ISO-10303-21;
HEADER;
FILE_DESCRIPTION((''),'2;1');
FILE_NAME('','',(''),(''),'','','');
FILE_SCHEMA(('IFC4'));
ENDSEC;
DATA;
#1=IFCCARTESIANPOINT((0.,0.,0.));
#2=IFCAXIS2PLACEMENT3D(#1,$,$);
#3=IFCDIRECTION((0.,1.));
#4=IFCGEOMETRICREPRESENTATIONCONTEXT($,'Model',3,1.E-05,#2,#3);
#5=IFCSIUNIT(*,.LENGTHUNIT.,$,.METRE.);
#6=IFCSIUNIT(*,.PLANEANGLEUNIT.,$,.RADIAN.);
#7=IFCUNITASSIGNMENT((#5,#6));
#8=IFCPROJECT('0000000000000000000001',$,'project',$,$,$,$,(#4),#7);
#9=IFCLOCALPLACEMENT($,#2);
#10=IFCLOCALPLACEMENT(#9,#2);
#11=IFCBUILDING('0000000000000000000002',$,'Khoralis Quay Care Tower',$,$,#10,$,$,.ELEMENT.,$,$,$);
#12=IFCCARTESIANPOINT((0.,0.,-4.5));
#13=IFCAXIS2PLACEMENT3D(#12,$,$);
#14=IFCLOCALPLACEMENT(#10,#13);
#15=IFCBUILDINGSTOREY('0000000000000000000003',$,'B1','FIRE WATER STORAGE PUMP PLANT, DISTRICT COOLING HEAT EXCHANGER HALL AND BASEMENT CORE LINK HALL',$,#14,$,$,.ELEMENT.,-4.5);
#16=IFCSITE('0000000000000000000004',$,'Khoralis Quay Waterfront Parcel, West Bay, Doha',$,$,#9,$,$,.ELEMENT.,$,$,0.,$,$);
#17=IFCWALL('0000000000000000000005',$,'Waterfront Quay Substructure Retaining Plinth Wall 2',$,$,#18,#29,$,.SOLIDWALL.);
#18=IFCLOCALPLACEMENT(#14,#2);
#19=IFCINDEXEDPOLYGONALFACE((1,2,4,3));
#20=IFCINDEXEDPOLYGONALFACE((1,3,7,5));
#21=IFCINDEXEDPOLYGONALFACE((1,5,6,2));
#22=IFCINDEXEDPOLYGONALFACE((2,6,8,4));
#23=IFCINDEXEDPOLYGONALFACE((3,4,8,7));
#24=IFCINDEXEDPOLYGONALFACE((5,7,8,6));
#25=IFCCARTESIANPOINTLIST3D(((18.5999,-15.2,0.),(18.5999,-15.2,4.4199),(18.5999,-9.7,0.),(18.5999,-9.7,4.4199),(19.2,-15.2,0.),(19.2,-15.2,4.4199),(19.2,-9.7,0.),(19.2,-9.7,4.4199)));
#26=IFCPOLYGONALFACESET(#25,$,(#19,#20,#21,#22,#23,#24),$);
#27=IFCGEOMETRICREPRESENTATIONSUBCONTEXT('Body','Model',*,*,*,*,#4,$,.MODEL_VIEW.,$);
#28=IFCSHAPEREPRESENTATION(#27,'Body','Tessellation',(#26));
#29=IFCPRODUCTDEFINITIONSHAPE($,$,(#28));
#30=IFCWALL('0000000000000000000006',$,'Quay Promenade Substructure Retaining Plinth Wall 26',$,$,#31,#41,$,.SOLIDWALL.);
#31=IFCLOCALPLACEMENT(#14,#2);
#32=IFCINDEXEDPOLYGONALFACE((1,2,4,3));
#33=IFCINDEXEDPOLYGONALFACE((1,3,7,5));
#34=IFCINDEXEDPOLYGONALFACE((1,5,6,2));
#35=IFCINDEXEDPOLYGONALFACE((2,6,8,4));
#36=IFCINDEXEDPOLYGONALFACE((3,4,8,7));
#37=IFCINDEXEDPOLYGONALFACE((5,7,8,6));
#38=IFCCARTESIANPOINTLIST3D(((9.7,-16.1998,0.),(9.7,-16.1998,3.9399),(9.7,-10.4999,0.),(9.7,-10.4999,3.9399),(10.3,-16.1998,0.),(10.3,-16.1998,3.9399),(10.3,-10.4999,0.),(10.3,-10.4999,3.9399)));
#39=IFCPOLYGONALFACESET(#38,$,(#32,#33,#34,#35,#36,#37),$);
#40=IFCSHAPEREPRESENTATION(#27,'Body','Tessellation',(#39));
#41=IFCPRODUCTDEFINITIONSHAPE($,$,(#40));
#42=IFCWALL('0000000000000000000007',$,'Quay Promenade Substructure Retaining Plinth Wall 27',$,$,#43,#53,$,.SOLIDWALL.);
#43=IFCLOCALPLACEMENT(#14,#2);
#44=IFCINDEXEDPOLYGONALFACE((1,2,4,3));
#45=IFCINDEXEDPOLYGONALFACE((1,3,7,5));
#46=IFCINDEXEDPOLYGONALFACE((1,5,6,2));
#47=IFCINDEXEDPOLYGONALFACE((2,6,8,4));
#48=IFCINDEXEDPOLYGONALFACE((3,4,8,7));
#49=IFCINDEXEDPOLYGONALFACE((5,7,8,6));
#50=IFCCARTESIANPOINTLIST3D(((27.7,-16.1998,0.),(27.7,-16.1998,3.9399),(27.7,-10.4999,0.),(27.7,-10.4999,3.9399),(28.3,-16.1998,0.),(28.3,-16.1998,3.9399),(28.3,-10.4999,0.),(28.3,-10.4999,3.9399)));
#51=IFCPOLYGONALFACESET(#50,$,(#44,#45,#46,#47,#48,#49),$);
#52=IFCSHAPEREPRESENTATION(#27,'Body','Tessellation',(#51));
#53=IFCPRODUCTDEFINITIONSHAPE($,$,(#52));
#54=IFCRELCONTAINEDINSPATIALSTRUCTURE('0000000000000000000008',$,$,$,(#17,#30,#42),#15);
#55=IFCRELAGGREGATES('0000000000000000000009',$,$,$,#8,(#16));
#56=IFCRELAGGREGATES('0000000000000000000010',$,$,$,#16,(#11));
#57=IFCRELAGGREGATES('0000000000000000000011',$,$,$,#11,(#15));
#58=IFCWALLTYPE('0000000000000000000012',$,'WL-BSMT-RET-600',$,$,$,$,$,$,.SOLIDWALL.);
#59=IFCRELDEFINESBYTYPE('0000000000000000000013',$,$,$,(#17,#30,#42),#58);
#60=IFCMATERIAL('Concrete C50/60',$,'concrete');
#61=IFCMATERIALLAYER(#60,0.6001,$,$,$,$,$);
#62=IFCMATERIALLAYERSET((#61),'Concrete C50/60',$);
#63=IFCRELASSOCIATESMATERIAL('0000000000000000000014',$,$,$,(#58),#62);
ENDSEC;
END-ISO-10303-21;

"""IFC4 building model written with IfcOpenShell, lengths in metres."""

from ifc_helpers import new_model, si_unit, direction, frame, frame_2d, origin, place, context, subcontext, project, spatial, rectangle, extrude, material, layer, layer_set, type_object, element, save


model = new_model("IFC4")

# Units and contexts
model_context = context("Model", 3, precision=1e-05, world=origin(), true_north=direction((0.0, 1.0)))
body_context = subcontext(model_context, "Body", "Model", "MODEL_VIEW")
ifc_project = project(units=[si_unit("LENGTHUNIT", "METRE"), si_unit("PLANEANGLEUNIT", "RADIAN")], contexts=[model_context])

# Site, building, storey
site_placement = place(None, origin())
site = spatial("IfcSite", under=ifc_project, at=site_placement, Name="Khoralis Quay Waterfront Parcel, West Bay, Doha", CompositionType="ELEMENT", RefElevation=0.0)
building_placement = place(site_placement, origin())
building = spatial("IfcBuilding", under=site, at=building_placement, Name="Khoralis Quay Care Tower", CompositionType="ELEMENT")
storey_placement = place(building_placement, frame((0.0, 0.0, -4.5)))
storey = spatial("IfcBuildingStorey", under=building, at=storey_placement, Name="B1", Description="FIRE WATER STORAGE PUMP PLANT, DISTRICT COOLING HEAT EXCHANGER HALL AND BASEMENT CORE LINK HALL", CompositionType="ELEMENT", Elevation=-4.5)

# Shared definitions
ifc_material_1 = material(Name="Concrete C50/60", Category="concrete")

# Walls
ifc_layer = layer(ifc_material_1, 0.6001)
ifc_layer_set = layer_set([ifc_layer], Name="Concrete C50/60")
wall_type = type_object("IfcWallType", Name="WL-BSMT-RET-600", PredefinedType="SOLIDWALL", material=ifc_layer_set)
wall_placement = place(storey_placement, frame((18.8999, -15.2, 0.0), z_axis=(0.0, 0.0, 1.0), x_axis=(0.0, 1.0, 0.0)))
element("IfcWall", 1, at=wall_placement, inside=storey, type_object=wall_type, Name="Waterfront Quay Substructure Retaining Plinth Wall 2", PredefinedType="SOLIDWALL", context=body_context, shape_type="SweptSolid", body=[
    extrude(rectangle(XDim=5.5, YDim=0.6001, at=frame_2d((2.75, 0.0))), origin(), (0.0, 0.0, 1.0), 4.4199),
])
for number, where, z_axis, x_axis, name in (
    (2, (10.0, -16.2, 0.0), (0.0, 0.0, 1.0), (0.0, 1.0, 0.0), "Quay Promenade Substructure Retaining Plinth Wall 26"),
    (3, (28.0, -16.2, 0.0), (0.0, 0.0, 1.0), (0.0, 1.0, 0.0), "Quay Promenade Substructure Retaining Plinth Wall 27"),
):
    element("IfcWall", number, at=place(storey_placement, frame(where, z_axis=z_axis, x_axis=x_axis)), inside=storey, type_object=wall_type, Name=name, PredefinedType="SOLIDWALL", context=body_context, shape_type="SweptSolid", body=[
        extrude(rectangle(XDim=5.7, YDim=0.6001, at=frame_2d((2.8501, 0.0))), origin(), (0.0, 0.0, 1.0), 3.9399),
    ])

save(model, "model.ifc")
